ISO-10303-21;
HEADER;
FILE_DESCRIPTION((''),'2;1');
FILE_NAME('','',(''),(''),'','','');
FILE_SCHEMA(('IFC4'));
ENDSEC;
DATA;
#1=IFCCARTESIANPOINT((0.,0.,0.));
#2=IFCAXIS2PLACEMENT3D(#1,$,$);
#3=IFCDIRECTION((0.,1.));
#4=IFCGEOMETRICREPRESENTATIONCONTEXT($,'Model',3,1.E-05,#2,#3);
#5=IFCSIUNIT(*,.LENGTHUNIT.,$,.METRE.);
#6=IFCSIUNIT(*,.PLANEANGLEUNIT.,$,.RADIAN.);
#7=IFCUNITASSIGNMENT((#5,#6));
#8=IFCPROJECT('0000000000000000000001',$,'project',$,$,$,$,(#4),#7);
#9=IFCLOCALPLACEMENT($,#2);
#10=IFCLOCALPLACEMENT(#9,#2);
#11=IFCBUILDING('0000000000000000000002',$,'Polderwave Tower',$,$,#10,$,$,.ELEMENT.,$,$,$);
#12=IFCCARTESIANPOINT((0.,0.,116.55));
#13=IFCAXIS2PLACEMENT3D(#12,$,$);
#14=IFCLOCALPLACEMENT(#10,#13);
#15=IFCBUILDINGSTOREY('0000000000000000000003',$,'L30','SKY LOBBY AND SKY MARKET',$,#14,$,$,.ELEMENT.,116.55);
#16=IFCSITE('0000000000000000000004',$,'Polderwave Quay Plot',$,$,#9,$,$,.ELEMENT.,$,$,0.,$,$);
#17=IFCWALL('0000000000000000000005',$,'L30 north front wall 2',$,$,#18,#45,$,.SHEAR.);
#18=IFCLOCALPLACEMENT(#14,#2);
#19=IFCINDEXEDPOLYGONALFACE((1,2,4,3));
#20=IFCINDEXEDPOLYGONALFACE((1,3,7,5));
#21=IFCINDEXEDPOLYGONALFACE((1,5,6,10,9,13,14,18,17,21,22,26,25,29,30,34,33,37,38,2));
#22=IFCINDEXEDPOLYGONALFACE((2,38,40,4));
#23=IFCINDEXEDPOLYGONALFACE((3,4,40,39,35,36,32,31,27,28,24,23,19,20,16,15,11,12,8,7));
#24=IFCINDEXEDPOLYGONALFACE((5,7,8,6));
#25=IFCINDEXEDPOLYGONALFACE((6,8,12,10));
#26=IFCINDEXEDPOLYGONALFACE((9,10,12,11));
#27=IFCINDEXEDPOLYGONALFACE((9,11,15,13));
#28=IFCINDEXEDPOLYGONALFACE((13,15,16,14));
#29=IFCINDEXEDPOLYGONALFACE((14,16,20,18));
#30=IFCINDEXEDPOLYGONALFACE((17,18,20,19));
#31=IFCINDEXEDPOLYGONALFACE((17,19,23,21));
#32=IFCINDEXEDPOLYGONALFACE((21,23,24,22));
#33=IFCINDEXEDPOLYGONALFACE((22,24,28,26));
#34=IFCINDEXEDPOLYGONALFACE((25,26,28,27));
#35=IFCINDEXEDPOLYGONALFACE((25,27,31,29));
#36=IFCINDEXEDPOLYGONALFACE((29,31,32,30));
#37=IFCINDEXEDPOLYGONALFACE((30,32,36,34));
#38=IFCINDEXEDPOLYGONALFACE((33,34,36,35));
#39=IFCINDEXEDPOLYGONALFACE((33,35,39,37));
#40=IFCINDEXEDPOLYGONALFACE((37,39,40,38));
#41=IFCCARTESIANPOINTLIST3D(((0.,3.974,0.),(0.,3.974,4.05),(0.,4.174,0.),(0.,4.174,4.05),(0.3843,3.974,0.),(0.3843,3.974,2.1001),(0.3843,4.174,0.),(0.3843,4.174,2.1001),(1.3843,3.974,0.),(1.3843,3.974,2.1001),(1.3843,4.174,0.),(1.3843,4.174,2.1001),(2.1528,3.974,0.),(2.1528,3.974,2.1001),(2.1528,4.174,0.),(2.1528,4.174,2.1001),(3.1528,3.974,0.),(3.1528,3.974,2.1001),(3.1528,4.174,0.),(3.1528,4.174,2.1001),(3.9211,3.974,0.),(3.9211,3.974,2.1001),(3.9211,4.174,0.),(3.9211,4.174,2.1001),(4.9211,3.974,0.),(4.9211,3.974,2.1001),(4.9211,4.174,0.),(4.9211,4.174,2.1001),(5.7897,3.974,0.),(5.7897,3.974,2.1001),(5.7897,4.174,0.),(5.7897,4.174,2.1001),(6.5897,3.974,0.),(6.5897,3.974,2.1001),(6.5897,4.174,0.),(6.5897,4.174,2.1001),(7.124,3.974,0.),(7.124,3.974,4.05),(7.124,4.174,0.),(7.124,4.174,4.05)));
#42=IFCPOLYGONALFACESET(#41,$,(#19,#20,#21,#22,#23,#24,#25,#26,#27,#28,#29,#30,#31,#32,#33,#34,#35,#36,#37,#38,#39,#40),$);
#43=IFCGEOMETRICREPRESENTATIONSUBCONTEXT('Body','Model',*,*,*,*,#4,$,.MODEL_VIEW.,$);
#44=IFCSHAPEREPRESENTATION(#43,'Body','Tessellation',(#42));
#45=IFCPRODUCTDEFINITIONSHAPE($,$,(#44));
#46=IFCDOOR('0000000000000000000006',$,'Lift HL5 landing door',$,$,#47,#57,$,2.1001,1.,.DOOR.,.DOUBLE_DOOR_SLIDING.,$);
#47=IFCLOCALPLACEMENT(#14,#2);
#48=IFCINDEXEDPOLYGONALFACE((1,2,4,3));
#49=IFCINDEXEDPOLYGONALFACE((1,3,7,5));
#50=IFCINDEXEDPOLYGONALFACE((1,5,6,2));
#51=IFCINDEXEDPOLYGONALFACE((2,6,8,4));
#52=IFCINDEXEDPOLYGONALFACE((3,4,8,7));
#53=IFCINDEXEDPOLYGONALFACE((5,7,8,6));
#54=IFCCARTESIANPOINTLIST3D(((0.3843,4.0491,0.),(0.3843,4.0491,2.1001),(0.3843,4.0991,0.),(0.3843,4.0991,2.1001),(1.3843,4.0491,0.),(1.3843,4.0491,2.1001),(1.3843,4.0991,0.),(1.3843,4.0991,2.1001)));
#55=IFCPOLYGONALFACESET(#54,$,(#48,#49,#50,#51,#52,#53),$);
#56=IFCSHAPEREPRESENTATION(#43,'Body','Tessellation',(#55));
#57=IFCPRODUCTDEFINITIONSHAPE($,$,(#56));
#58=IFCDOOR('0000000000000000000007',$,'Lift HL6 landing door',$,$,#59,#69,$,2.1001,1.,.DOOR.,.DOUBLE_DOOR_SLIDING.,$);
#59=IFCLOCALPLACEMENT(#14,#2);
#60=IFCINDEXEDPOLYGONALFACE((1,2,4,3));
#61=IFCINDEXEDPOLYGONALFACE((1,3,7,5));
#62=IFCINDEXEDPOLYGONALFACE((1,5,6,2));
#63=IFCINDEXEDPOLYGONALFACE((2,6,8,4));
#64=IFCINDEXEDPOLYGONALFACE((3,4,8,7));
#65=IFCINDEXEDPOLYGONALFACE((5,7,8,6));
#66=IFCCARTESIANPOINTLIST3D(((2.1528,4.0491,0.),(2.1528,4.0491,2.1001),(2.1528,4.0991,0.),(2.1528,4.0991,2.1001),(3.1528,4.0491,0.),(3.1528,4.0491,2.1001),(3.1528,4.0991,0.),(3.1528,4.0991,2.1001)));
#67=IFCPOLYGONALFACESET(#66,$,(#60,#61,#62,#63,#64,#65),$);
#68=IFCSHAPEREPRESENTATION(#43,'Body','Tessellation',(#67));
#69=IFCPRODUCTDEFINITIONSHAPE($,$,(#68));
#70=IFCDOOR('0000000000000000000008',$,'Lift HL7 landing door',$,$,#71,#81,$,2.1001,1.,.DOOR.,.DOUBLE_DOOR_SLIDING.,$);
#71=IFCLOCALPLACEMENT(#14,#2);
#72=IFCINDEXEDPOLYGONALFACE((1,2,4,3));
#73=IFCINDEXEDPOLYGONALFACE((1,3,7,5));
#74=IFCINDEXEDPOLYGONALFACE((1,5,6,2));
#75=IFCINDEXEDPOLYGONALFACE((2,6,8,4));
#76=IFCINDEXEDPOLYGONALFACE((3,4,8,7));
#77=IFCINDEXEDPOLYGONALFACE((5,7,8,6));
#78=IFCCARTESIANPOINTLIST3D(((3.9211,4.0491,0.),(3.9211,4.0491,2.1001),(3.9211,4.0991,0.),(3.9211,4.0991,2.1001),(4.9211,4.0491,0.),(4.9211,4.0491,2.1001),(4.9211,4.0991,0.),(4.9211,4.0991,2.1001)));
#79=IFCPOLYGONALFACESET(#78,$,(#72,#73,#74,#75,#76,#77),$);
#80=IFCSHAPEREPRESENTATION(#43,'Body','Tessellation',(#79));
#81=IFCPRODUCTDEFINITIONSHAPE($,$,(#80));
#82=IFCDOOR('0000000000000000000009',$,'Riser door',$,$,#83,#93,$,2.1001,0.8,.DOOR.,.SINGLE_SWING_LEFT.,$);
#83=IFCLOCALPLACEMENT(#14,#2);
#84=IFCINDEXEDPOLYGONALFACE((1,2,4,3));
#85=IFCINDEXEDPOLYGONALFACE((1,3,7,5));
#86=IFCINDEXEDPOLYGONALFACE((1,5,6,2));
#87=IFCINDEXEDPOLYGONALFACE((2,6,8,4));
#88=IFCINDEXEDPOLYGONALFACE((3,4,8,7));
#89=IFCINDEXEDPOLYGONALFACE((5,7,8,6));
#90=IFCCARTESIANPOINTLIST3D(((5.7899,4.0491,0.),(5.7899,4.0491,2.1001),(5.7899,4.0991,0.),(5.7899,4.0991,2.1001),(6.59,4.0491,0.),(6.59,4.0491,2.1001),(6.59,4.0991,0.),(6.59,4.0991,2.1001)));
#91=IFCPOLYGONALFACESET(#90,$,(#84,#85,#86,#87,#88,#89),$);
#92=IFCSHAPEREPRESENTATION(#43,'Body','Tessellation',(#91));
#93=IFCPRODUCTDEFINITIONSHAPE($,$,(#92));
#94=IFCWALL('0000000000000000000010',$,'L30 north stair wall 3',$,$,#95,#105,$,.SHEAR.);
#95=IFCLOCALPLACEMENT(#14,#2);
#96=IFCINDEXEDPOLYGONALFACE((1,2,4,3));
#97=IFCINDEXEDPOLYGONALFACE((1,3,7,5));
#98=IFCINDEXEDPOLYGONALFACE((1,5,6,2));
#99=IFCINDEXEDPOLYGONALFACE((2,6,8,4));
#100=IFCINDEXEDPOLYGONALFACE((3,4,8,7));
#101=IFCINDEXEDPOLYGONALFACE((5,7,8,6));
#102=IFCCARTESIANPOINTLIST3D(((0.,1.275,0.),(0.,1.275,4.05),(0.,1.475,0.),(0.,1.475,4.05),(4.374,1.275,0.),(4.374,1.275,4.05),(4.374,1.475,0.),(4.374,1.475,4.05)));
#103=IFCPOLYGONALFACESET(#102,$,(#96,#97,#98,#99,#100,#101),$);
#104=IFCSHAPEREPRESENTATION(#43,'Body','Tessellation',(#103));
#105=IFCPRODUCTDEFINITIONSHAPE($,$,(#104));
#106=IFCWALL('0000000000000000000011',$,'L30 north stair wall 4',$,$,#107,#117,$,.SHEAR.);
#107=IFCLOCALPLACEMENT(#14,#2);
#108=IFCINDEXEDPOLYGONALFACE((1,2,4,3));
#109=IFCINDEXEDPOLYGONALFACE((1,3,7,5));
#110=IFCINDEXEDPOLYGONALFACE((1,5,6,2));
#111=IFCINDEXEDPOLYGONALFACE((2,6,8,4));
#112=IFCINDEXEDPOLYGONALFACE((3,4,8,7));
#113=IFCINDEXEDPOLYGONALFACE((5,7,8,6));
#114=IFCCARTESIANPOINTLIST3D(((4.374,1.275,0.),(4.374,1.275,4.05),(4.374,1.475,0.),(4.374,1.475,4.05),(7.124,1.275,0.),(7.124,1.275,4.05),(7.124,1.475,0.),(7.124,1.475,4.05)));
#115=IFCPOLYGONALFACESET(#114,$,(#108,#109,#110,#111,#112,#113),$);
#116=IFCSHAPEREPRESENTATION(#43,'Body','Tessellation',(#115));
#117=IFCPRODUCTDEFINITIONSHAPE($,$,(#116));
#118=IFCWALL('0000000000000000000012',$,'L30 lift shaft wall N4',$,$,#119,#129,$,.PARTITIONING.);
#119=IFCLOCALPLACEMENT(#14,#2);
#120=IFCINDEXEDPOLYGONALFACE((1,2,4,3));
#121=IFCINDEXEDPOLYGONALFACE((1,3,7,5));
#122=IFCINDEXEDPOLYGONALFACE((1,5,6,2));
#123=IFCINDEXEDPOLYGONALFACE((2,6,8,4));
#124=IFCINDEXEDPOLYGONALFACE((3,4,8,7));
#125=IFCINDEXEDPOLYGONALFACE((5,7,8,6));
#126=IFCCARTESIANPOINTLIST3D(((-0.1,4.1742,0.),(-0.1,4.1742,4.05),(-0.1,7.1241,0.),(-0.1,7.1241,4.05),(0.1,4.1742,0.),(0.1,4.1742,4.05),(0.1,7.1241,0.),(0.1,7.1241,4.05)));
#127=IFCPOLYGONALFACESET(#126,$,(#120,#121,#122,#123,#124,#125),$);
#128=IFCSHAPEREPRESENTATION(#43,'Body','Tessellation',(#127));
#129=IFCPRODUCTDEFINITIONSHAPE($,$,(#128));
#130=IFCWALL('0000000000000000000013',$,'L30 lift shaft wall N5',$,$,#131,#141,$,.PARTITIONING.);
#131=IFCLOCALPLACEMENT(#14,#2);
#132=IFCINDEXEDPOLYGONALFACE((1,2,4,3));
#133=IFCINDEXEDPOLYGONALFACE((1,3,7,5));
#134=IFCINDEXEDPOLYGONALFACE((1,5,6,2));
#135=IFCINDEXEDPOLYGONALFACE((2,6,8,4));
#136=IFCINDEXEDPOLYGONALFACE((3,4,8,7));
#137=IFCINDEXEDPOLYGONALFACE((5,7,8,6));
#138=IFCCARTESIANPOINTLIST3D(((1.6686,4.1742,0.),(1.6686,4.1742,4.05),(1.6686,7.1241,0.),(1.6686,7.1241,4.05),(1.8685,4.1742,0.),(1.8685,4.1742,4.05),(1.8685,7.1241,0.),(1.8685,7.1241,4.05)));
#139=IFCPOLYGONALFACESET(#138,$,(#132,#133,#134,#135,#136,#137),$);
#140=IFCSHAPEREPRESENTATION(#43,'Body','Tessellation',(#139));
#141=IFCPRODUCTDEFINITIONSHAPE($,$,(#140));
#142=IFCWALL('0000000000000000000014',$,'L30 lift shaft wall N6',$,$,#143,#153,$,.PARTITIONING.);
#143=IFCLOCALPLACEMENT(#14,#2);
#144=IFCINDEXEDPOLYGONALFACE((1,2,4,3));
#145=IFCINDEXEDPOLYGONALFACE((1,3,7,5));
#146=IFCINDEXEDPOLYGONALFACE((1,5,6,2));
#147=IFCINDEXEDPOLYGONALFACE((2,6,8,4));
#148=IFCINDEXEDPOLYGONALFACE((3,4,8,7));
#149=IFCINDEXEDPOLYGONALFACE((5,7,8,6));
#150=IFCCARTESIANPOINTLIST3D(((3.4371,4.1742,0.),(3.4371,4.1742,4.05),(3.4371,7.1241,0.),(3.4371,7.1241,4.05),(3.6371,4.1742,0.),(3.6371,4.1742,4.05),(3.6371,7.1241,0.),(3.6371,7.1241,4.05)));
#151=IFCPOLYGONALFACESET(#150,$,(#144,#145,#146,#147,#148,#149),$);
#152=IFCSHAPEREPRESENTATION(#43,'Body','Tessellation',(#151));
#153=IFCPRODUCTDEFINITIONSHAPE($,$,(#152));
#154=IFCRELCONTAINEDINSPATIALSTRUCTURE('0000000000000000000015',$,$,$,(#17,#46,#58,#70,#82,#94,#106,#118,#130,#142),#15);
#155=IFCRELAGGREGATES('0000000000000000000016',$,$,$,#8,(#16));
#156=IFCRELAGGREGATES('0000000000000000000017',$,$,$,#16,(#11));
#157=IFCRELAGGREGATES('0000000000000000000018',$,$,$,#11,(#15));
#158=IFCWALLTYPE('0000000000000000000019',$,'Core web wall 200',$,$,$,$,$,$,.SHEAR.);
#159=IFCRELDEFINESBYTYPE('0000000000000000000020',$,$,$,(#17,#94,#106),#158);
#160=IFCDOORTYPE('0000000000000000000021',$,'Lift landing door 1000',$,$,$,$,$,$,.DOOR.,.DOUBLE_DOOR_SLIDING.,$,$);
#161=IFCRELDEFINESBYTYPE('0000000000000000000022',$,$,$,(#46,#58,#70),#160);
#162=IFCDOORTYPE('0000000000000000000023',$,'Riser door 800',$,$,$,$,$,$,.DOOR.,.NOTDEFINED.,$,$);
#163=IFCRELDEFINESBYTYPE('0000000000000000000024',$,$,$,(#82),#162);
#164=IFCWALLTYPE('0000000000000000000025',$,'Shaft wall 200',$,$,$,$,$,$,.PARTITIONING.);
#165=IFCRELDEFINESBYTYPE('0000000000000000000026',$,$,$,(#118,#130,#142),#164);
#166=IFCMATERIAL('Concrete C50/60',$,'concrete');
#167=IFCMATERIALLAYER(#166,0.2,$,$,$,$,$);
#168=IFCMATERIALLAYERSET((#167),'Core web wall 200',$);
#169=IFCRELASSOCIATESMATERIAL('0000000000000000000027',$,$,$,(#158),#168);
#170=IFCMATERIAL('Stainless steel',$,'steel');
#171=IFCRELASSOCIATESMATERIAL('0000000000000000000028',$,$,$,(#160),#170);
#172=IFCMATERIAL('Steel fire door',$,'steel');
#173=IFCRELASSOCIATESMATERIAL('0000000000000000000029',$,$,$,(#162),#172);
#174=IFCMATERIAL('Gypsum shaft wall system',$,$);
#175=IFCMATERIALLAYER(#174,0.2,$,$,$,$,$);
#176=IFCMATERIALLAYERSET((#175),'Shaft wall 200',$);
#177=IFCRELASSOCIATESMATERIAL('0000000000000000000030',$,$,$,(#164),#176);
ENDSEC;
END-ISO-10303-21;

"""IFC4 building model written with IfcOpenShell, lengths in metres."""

from ifc_helpers import new_model, si_unit, direction, frame, frame_2d, origin, place, context, subcontext, project, spatial, rectangle, extrude, material, layer, layer_set, type_object, element, fill, save


model = new_model("IFC4")

# Units and contexts
model_context = context("Model", 3, precision=1e-05, world=origin(), true_north=direction((0.0, 1.0)))
body_context = subcontext(model_context, "Body", "Model", "MODEL_VIEW")
ifc_project = project(units=[si_unit("LENGTHUNIT", "METRE"), si_unit("PLANEANGLEUNIT", "RADIAN")], contexts=[model_context])

# Site, building, storey
site_placement = place(None, origin())
site = spatial("IfcSite", under=ifc_project, at=site_placement, Name="Polderwave Quay Plot", CompositionType="ELEMENT", RefElevation=0.0)
building_placement = place(site_placement, origin())
building = spatial("IfcBuilding", under=site, at=building_placement, Name="Polderwave Tower", CompositionType="ELEMENT")
storey_placement = place(building_placement, frame((0.0, 0.0, 116.55)))
storey = spatial("IfcBuildingStorey", under=building, at=storey_placement, Name="L30", Description="SKY LOBBY AND SKY MARKET", CompositionType="ELEMENT", Elevation=116.55)

# Wall, openings, doors
ifc_material_1 = material(Name="Concrete C50/60", Category="concrete")
ifc_layer_1 = layer(ifc_material_1, 0.2)
ifc_layer_set_1 = layer_set([ifc_layer_1], Name="Core web wall 200")
wall_type_1 = type_object("IfcWallType", Name="Core web wall 200", PredefinedType="SHEAR", material=ifc_layer_set_1)
wall_1_placement = place(storey_placement, frame((0.0, 4.074, 0.0), z_axis=(0.0, 0.0, 1.0), x_axis=(1.0, 0.0, 0.0)))
wall_1 = element("IfcWall", 1, at=wall_1_placement, inside=storey, type_object=wall_type_1, Name="L30 north front wall 2", PredefinedType="SHEAR", context=body_context, shape_type="SweptSolid", body=[
    extrude(rectangle(XDim=7.124, YDim=0.2, at=frame_2d((3.562, 0.0))), origin(), (0.0, 0.0, 1.0), 4.05),
])
opening_1_placement = place(wall_1_placement, frame((0.3843, 0.0, 0.0)))
opening_1 = element("IfcOpeningElement", 2, at=opening_1_placement, cuts=wall_1, PredefinedType="OPENING", context=body_context, shape_type="SweptSolid", body=[
    extrude(rectangle(XDim=1.0, YDim=2.1001, at=frame_2d((0.5, 1.05))), frame((0.0, 0.1099, 0.0), z_axis=(0.0, -1.0, 0.0), x_axis=(1.0, 0.0, 0.0)), (0.0, 0.0, 1.0), 0.22),
])
opening_2_placement = place(wall_1_placement, frame((2.1528, 0.0, 0.0)))
opening_2 = element("IfcOpeningElement", 3, at=opening_2_placement, cuts=wall_1, PredefinedType="OPENING", context=body_context, shape_type="SweptSolid", body=[
    extrude(rectangle(XDim=1.0, YDim=2.1001, at=frame_2d((0.5, 1.05))), frame((0.0, 0.1099, 0.0), z_axis=(0.0, -1.0, 0.0), x_axis=(1.0, 0.0, 0.0)), (0.0, 0.0, 1.0), 0.22),
])
opening_3_placement = place(wall_1_placement, frame((3.9211, 0.0, 0.0)))
opening_3 = element("IfcOpeningElement", 4, at=opening_3_placement, cuts=wall_1, PredefinedType="OPENING", context=body_context, shape_type="SweptSolid", body=[
    extrude(rectangle(XDim=1.0, YDim=2.1001, at=frame_2d((0.5, 1.05))), frame((0.0, 0.1099, 0.0), z_axis=(0.0, -1.0, 0.0), x_axis=(1.0, 0.0, 0.0)), (0.0, 0.0, 1.0), 0.22),
])
opening_4_placement = place(wall_1_placement, frame((5.7898, 0.0, 0.0)))
opening_4 = element("IfcOpeningElement", 5, at=opening_4_placement, cuts=wall_1, PredefinedType="OPENING", context=body_context, shape_type="SweptSolid", body=[
    extrude(rectangle(XDim=0.8, YDim=2.1001, at=frame_2d((0.3999, 1.05))), frame((0.0, 0.1099, 0.0), z_axis=(0.0, -1.0, 0.0), x_axis=(1.0, 0.0, 0.0)), (0.0, 0.0, 1.0), 0.22),
])
ifc_material_2 = material(Name="Stainless steel", Category="steel")
door_type_1 = type_object("IfcDoorType", Name="Lift landing door 1000", OperationType="DOUBLE_DOOR_SLIDING", PredefinedType="DOOR", material=ifc_material_2)
door_1_placement = place(opening_1_placement, frame((1.0, 0.0, 0.0), z_axis=(0.0, 0.0, 1.0), x_axis=(-1.0, 0.0, 0.0)))
door_1 = element("IfcDoor", 6, at=door_1_placement, inside=storey, type_object=door_type_1, Name="Lift HL5 landing door", OperationType="DOUBLE_DOOR_SLIDING", OverallHeight=2.1001, OverallWidth=1.0, PredefinedType="DOOR", context=body_context, shape_type="SweptSolid", body=[
    extrude(rectangle(XDim=1.0, YDim=2.1001, at=frame_2d((0.5, 1.05))), frame((0.0, 0.0249, 0.0), z_axis=(0.0, -1.0, 0.0), x_axis=(1.0, 0.0, 0.0)), (0.0, 0.0, 1.0), 0.05),
])
fill(opening_1, door_1)
door_2_placement = place(opening_2_placement, frame((1.0, 0.0, 0.0), z_axis=(0.0, 0.0, 1.0), x_axis=(-1.0, 0.0, 0.0)))
door_2 = element("IfcDoor", 7, at=door_2_placement, inside=storey, type_object=door_type_1, Name="Lift HL6 landing door", OperationType="DOUBLE_DOOR_SLIDING", OverallHeight=2.1001, OverallWidth=1.0, PredefinedType="DOOR", context=body_context, shape_type="SweptSolid", body=[
    extrude(rectangle(XDim=1.0, YDim=2.1001, at=frame_2d((0.5, 1.05))), frame((0.0, 0.0249, 0.0), z_axis=(0.0, -1.0, 0.0), x_axis=(1.0, 0.0, 0.0)), (0.0, 0.0, 1.0), 0.05),
])
fill(opening_2, door_2)
door_3_placement = place(opening_3_placement, frame((1.0, 0.0, 0.0), z_axis=(0.0, 0.0, 1.0), x_axis=(-1.0, 0.0, 0.0)))
door_3 = element("IfcDoor", 8, at=door_3_placement, inside=storey, type_object=door_type_1, Name="Lift HL7 landing door", OperationType="DOUBLE_DOOR_SLIDING", OverallHeight=2.1001, OverallWidth=1.0, PredefinedType="DOOR", context=body_context, shape_type="SweptSolid", body=[
    extrude(rectangle(XDim=1.0, YDim=2.1001, at=frame_2d((0.5, 1.05))), frame((0.0, 0.0249, 0.0), z_axis=(0.0, -1.0, 0.0), x_axis=(1.0, 0.0, 0.0)), (0.0, 0.0, 1.0), 0.05),
])
fill(opening_3, door_3)
ifc_material_3 = material(Name="Steel fire door", Category="steel")
door_type_2 = type_object("IfcDoorType", Name="Riser door 800", OperationType="NOTDEFINED", PredefinedType="DOOR", material=ifc_material_3)
door_4_placement = place(opening_4_placement, frame((0.8, 0.0, 0.0), z_axis=(0.0, 0.0, 1.0), x_axis=(-1.0, 0.0, 0.0)))
door_4 = element("IfcDoor", 9, at=door_4_placement, inside=storey, type_object=door_type_2, Name="Riser door", OperationType="SINGLE_SWING_LEFT", OverallHeight=2.1001, OverallWidth=0.8, PredefinedType="DOOR", context=body_context, shape_type="SweptSolid", body=[
    extrude(rectangle(XDim=0.8, YDim=2.1001, at=frame_2d((0.3999, 1.05))), frame((0.0, 0.0249, 0.0), z_axis=(0.0, -1.0, 0.0), x_axis=(1.0, 0.0, 0.0)), (0.0, 0.0, 1.0), 0.05),
])
fill(opening_4, door_4)

# Walls
wall_2_placement = place(storey_placement, frame((0.0, 1.375, 0.0), z_axis=(0.0, 0.0, 1.0), x_axis=(1.0, 0.0, 0.0)))
element("IfcWall", 10, at=wall_2_placement, inside=storey, type_object=wall_type_1, Name="L30 north stair wall 3", PredefinedType="SHEAR", context=body_context, shape_type="SweptSolid", body=[
    extrude(rectangle(XDim=4.374, YDim=0.2, at=frame_2d((2.187, 0.0))), origin(), (0.0, 0.0, 1.0), 4.05),
])
wall_3_placement = place(storey_placement, frame((4.374, 1.375, 0.0), z_axis=(0.0, 0.0, 1.0), x_axis=(1.0, 0.0, 0.0)))
element("IfcWall", 11, at=wall_3_placement, inside=storey, type_object=wall_type_1, Name="L30 north stair wall 4", PredefinedType="SHEAR", context=body_context, shape_type="SweptSolid", body=[
    extrude(rectangle(XDim=2.75, YDim=0.2, at=frame_2d((1.375, 0.0))), origin(), (0.0, 0.0, 1.0), 4.05),
])
ifc_material_4 = material(Name="Gypsum shaft wall system")
ifc_layer_2 = layer(ifc_material_4, 0.2)
ifc_layer_set_2 = layer_set([ifc_layer_2], Name="Shaft wall 200")
wall_type_2 = type_object("IfcWallType", Name="Shaft wall 200", PredefinedType="PARTITIONING", material=ifc_layer_set_2)
for number, where, z_axis, x_axis, name in (
    (12, (0.0, 4.1741, 0.0), (0.0, 0.0, 1.0), (0.0, 1.0, 0.0), "L30 lift shaft wall N4"),
    (13, (1.7686, 4.1741, 0.0), (0.0, 0.0, 1.0), (0.0, 1.0, 0.0), "L30 lift shaft wall N5"),
    (14, (3.5371, 4.1741, 0.0), (0.0, 0.0, 1.0), (0.0, 1.0, 0.0), "L30 lift shaft wall N6"),
):
    element("IfcWall", number, at=place(storey_placement, frame(where, z_axis=z_axis, x_axis=x_axis)), inside=storey, type_object=wall_type_2, Name=name, PredefinedType="PARTITIONING", context=body_context, shape_type="SweptSolid", body=[
        extrude(rectangle(XDim=2.95, YDim=0.2, at=frame_2d((1.4751, 0.0))), origin(), (0.0, 0.0, 1.0), 4.05),
    ])

save(model, "model.ifc")
